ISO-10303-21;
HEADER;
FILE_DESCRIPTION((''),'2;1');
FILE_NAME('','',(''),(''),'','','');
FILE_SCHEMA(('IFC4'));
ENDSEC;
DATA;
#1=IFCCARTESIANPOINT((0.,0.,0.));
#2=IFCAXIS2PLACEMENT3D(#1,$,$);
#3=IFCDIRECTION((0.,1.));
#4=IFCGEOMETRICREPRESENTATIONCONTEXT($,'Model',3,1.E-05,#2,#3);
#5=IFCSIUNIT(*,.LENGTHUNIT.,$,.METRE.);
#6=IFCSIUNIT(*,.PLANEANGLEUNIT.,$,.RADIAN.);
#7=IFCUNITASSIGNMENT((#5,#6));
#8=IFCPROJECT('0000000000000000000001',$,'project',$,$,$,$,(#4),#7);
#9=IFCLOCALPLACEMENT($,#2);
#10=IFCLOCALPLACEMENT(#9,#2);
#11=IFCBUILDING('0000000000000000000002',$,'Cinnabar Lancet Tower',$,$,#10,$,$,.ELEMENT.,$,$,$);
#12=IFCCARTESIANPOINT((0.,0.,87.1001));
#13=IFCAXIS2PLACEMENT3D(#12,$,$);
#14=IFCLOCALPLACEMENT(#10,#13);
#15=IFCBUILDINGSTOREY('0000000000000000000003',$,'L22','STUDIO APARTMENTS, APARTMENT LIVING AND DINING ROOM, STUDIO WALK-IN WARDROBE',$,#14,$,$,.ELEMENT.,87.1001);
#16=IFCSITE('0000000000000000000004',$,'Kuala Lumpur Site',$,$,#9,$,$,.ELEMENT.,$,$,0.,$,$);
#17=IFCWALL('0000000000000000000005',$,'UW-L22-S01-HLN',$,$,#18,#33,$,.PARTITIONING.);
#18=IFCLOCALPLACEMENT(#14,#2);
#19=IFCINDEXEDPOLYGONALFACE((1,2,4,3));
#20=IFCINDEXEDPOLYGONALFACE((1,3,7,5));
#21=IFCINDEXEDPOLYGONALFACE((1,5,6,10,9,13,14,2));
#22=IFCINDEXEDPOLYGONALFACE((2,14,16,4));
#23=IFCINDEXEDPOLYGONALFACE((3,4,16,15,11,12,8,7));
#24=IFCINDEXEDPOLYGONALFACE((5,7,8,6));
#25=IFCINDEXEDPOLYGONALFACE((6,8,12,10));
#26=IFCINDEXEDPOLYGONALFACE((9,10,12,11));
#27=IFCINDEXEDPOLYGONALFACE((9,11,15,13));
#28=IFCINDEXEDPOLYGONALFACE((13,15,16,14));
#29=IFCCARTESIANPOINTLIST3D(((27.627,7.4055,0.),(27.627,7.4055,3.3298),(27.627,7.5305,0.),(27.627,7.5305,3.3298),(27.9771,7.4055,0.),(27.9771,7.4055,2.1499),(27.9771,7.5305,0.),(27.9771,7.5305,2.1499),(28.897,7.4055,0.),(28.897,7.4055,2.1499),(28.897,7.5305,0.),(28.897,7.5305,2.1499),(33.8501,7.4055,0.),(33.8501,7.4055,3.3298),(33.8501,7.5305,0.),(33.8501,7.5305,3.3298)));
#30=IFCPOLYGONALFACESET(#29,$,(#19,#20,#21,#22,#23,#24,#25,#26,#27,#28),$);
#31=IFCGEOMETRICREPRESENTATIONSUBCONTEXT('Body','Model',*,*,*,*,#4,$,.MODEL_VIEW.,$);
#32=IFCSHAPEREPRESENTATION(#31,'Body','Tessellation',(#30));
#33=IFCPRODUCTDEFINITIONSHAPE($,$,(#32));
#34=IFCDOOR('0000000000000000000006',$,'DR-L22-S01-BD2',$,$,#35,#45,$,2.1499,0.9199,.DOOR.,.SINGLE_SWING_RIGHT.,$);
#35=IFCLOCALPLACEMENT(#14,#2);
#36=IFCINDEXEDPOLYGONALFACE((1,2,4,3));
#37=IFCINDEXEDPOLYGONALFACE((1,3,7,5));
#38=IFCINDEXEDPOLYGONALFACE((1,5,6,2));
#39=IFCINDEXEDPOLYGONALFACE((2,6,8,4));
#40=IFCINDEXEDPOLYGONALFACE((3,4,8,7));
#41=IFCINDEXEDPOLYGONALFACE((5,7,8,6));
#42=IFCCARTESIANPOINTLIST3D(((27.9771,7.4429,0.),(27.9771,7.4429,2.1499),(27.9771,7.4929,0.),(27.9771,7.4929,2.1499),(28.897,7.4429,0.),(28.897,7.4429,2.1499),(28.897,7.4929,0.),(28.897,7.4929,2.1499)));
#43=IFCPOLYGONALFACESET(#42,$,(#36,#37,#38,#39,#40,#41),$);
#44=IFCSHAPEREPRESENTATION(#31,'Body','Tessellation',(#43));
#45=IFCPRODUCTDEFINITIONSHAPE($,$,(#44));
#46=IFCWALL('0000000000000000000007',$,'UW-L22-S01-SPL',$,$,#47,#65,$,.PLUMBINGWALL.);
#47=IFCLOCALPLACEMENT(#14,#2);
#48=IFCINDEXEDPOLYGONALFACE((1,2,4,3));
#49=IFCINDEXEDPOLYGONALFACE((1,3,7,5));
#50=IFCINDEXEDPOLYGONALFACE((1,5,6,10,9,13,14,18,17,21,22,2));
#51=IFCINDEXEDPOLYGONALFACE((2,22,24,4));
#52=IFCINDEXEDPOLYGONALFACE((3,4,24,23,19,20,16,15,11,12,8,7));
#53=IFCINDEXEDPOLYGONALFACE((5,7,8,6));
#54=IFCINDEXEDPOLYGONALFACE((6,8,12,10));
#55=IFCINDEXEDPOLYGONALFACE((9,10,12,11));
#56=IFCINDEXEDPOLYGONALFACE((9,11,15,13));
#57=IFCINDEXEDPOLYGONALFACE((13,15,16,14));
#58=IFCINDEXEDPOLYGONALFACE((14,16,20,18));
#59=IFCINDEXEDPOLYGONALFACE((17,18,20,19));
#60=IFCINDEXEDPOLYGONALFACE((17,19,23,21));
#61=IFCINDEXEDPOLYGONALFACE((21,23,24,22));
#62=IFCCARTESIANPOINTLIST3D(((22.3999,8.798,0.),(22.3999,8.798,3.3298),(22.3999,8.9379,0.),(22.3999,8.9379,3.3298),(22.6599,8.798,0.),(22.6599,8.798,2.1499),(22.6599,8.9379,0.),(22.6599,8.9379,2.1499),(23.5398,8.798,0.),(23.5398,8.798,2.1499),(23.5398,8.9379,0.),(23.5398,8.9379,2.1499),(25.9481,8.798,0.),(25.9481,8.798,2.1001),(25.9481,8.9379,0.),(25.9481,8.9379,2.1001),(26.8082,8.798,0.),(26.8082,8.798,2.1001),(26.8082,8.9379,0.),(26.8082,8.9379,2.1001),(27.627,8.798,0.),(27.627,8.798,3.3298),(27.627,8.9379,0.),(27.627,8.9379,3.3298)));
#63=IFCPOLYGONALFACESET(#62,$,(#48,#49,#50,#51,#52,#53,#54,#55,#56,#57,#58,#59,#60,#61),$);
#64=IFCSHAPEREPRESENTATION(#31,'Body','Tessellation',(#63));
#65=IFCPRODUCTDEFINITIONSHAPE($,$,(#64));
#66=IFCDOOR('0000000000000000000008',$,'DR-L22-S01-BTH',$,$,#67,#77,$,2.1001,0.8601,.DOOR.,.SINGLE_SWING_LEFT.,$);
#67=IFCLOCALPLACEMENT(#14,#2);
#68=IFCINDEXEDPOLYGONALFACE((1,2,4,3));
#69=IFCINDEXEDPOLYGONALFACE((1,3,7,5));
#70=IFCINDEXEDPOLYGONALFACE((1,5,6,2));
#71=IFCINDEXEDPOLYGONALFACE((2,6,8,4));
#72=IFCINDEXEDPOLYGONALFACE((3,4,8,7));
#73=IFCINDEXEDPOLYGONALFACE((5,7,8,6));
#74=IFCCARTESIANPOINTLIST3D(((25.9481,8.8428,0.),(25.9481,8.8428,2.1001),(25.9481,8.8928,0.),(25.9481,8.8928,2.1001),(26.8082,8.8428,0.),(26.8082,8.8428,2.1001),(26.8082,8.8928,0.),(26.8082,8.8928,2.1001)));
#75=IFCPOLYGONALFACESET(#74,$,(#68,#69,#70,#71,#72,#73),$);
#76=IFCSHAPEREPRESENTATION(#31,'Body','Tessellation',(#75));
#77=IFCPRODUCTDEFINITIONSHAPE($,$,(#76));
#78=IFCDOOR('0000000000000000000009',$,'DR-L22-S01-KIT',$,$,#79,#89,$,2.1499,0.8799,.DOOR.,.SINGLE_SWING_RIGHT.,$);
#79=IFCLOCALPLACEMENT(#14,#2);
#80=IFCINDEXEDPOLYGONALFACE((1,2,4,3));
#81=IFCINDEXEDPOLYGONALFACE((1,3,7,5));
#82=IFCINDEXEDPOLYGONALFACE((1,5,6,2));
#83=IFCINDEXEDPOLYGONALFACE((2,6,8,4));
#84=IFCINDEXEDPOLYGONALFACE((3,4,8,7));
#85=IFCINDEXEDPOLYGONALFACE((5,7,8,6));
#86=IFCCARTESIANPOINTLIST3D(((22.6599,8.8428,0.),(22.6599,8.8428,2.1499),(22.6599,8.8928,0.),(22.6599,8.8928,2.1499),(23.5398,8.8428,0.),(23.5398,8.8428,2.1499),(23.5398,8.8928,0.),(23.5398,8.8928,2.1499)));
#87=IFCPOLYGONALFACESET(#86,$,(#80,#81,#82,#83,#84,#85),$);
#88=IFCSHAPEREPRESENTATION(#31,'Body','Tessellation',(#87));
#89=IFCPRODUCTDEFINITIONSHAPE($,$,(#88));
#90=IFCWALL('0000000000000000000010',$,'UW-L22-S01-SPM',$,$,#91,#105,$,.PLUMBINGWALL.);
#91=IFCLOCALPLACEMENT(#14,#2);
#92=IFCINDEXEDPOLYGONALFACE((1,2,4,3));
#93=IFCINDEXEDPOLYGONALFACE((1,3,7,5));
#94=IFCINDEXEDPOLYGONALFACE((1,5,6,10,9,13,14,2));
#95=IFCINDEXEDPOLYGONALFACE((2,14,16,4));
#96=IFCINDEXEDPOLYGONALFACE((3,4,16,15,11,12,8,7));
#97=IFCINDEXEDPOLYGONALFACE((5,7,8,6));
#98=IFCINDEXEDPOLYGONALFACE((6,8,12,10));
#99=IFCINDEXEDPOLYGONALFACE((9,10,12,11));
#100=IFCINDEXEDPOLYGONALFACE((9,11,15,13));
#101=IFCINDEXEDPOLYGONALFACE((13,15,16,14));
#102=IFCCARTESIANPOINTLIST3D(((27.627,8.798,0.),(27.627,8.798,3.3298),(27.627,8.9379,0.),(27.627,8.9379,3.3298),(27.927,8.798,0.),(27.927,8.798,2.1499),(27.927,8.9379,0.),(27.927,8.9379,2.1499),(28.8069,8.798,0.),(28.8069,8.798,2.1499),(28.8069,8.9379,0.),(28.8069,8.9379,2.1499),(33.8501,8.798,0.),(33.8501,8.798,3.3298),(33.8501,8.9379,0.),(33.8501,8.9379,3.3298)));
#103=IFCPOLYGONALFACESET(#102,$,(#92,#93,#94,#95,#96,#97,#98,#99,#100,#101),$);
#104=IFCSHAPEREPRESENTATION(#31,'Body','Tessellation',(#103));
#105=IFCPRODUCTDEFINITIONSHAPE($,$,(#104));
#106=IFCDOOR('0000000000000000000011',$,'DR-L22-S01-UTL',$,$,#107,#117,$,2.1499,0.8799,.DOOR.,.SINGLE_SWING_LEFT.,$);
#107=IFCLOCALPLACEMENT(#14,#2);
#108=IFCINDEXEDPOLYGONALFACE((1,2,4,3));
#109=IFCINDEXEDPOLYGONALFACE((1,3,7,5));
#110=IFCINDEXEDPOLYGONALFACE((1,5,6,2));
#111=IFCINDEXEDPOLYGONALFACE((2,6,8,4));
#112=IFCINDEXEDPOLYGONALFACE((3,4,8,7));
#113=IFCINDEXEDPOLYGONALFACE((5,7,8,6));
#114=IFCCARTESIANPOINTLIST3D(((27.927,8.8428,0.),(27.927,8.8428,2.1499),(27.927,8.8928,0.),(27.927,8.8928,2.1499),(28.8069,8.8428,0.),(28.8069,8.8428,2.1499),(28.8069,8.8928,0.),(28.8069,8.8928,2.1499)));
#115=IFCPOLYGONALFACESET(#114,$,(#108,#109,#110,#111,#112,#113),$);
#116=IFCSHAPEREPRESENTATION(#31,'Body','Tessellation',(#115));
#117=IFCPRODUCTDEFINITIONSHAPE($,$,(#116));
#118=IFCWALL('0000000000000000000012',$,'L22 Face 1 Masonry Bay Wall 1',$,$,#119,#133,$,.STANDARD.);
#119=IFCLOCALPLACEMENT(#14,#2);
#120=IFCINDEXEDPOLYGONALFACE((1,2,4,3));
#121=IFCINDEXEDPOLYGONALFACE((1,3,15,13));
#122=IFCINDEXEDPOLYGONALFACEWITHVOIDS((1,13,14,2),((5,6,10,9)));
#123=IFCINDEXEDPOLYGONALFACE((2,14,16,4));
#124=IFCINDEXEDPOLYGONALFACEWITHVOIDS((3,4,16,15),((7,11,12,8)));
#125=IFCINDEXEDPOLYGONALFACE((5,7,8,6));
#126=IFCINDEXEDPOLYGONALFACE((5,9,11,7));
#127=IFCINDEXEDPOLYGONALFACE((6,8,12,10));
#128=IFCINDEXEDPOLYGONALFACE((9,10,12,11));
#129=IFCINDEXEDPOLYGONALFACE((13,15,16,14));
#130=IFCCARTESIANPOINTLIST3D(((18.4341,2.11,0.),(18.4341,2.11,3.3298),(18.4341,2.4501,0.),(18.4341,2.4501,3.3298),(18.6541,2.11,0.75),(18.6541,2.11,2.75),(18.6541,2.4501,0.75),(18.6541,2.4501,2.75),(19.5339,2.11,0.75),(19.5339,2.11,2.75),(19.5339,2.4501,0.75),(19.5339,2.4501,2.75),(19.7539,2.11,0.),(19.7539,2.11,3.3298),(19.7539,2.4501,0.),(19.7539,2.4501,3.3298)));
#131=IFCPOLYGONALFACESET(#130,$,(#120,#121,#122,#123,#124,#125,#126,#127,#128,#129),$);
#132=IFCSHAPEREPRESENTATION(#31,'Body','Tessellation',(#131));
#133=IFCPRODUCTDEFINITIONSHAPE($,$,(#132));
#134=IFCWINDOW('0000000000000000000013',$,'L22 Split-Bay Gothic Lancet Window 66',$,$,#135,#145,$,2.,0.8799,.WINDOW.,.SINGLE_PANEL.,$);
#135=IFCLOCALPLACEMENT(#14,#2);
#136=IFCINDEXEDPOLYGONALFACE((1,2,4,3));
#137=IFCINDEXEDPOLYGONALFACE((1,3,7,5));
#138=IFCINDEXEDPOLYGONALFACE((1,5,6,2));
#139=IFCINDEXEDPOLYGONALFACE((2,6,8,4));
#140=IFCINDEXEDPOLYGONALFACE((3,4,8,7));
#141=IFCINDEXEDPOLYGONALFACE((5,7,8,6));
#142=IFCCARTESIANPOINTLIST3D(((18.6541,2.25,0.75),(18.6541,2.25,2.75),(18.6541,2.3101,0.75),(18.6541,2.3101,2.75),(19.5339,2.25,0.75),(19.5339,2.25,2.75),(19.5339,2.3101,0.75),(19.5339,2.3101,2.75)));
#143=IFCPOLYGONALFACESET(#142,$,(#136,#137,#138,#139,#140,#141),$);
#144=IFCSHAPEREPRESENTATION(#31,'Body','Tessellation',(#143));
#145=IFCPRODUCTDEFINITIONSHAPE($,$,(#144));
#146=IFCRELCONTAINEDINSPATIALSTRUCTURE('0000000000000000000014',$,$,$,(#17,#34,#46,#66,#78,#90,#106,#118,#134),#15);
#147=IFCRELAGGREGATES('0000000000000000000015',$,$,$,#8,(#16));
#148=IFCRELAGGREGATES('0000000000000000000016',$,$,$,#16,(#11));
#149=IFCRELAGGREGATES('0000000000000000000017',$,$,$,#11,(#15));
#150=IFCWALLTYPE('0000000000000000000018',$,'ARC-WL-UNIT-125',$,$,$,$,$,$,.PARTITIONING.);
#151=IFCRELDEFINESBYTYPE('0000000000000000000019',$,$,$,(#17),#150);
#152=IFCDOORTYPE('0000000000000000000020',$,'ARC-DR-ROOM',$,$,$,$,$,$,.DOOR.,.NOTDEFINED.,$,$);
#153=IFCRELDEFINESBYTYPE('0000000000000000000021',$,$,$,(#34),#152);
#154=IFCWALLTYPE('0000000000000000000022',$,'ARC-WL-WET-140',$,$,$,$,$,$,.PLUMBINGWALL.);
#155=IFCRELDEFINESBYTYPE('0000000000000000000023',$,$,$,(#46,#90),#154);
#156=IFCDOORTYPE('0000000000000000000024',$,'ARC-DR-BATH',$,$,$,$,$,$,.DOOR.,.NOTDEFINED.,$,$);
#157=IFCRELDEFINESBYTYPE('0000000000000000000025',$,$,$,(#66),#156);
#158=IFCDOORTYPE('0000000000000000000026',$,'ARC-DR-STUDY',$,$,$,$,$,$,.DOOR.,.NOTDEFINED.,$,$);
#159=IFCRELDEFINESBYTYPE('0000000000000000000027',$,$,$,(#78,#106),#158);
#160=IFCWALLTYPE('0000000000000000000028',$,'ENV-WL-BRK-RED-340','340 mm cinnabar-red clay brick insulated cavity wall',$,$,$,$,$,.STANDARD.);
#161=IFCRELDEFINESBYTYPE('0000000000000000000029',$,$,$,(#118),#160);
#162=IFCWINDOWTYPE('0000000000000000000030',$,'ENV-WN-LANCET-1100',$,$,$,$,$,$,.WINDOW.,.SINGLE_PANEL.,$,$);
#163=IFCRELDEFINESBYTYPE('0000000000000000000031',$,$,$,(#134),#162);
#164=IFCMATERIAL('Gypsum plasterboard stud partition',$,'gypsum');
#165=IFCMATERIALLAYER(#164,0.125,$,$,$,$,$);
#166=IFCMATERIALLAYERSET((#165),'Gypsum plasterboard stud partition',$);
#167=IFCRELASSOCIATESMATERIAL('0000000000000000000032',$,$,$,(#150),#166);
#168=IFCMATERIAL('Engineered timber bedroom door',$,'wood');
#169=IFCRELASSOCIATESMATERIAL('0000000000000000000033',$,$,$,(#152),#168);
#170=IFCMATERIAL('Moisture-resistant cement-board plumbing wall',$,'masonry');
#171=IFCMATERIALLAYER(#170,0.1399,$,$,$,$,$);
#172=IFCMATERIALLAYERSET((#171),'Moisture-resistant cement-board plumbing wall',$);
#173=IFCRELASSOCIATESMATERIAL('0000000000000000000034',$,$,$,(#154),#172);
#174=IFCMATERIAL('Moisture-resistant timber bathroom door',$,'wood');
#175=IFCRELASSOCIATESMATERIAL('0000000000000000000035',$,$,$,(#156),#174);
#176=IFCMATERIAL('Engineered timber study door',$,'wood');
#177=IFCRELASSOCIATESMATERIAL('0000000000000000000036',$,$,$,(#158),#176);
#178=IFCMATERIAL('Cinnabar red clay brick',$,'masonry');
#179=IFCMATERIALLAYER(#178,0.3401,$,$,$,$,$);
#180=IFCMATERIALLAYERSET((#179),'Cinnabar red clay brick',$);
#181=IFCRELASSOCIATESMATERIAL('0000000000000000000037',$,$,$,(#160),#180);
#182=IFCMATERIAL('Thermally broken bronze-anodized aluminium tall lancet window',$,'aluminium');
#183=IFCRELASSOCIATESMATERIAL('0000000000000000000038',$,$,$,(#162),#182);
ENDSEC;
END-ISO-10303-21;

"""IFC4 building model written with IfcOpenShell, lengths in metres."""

from ifc_helpers import new_model, si_unit, direction, frame, frame_2d, origin, place, context, subcontext, project, spatial, rectangle, extrude, material, layer, layer_set, type_object, element, fill, save


model = new_model("IFC4")

# Units and contexts
model_context = context("Model", 3, precision=1e-05, world=origin(), true_north=direction((0.0, 1.0)))
body_context = subcontext(model_context, "Body", "Model", "MODEL_VIEW")
ifc_project = project(units=[si_unit("LENGTHUNIT", "METRE"), si_unit("PLANEANGLEUNIT", "RADIAN")], contexts=[model_context])

# Site, building, storey
site_placement = place(None, origin())
site = spatial("IfcSite", under=ifc_project, at=site_placement, Name="Kuala Lumpur Site", CompositionType="ELEMENT", RefElevation=0.0)
building_placement = place(site_placement, origin())
building = spatial("IfcBuilding", under=site, at=building_placement, Name="Cinnabar Lancet Tower", CompositionType="ELEMENT")
storey_placement = place(building_placement, frame((0.0, 0.0, 87.1001)))
storey = spatial("IfcBuildingStorey", under=building, at=storey_placement, Name="L22", Description="STUDIO APARTMENTS, APARTMENT LIVING AND DINING ROOM, STUDIO WALK-IN WARDROBE", CompositionType="ELEMENT", Elevation=87.1001)

# Shared definitions
ifc_material_1 = material(Name="Gypsum plasterboard stud partition", Category="gypsum")
ifc_layer_1 = layer(ifc_material_1, 0.125)
ifc_layer_set_1 = layer_set([ifc_layer_1], Name="Gypsum plasterboard stud partition")
wall_type_1 = type_object("IfcWallType", Name="ARC-WL-UNIT-125", PredefinedType="PARTITIONING", material=ifc_layer_set_1)

# Wall, opening, door
wall_1_placement = place(storey_placement, frame((27.627, 7.468, 0.0), z_axis=(0.0, 0.0, 1.0), x_axis=(1.0, 0.0, 0.0)))
wall_1 = element("IfcWall", 1, at=wall_1_placement, inside=storey, type_object=wall_type_1, Name="UW-L22-S01-HLN", PredefinedType="PARTITIONING", context=body_context, shape_type="SweptSolid", body=[
    extrude(rectangle(XDim=6.2231, YDim=0.125, at=frame_2d((3.1116, 0.0))), origin(), (0.0, 0.0, 1.0), 3.3298),
])
opening_1_placement = place(wall_1_placement, frame((0.3501, 0.0, 0.0)))
opening_1 = element("IfcOpeningElement", 2, at=opening_1_placement, cuts=wall_1, PredefinedType="OPENING", context=body_context, shape_type="SweptSolid", body=[
    extrude(rectangle(XDim=0.9199, YDim=2.1499, at=frame_2d((0.46, 1.075))), frame((0.0, 0.0725, 0.0), z_axis=(0.0, -1.0, 0.0), x_axis=(1.0, 0.0, 0.0)), (0.0, 0.0, 1.0), 0.145),
])
ifc_material_2 = material(Name="Engineered timber bedroom door", Category="wood")
door_type_1 = type_object("IfcDoorType", Name="ARC-DR-ROOM", OperationType="NOTDEFINED", PredefinedType="DOOR", material=ifc_material_2)
door_1_placement = place(opening_1_placement, origin())
door_1 = element("IfcDoor", 3, at=door_1_placement, inside=storey, type_object=door_type_1, Name="DR-L22-S01-BD2", OperationType="SINGLE_SWING_RIGHT", OverallHeight=2.1499, OverallWidth=0.9199, PredefinedType="DOOR", context=body_context, shape_type="SweptSolid", body=[
    extrude(rectangle(XDim=0.9199, YDim=2.1499, at=frame_2d((0.46, 1.075))), frame((0.0, 0.0249, 0.0), z_axis=(0.0, -1.0, 0.0), x_axis=(1.0, 0.0, 0.0)), (0.0, 0.0, 1.0), 0.05),
])
fill(opening_1, door_1)

# Wall, openings, doors
ifc_material_3 = material(Name="Moisture-resistant cement-board plumbing wall", Category="masonry")
ifc_layer_2 = layer(ifc_material_3, 0.1399)
ifc_layer_set_2 = layer_set([ifc_layer_2], Name="Moisture-resistant cement-board plumbing wall")
wall_type_2 = type_object("IfcWallType", Name="ARC-WL-WET-140", PredefinedType="PLUMBINGWALL", material=ifc_layer_set_2)
wall_2_placement = place(storey_placement, frame((22.3999, 8.8679, 0.0), z_axis=(0.0, 0.0, 1.0), x_axis=(1.0, 0.0, 0.0)))
wall_2 = element("IfcWall", 4, at=wall_2_placement, inside=storey, type_object=wall_type_2, Name="UW-L22-S01-SPL", PredefinedType="PLUMBINGWALL", context=body_context, shape_type="SweptSolid", body=[
    extrude(rectangle(XDim=5.2271, YDim=0.1399, at=frame_2d((2.6135, 0.0))), origin(), (0.0, 0.0, 1.0), 3.3298),
])
opening_2_placement = place(wall_2_placement, frame((3.5481, 0.0, 0.0)))
opening_2 = element("IfcOpeningElement", 5, at=opening_2_placement, cuts=wall_2, PredefinedType="OPENING", context=body_context, shape_type="SweptSolid", body=[
    extrude(rectangle(XDim=0.8601, YDim=2.1001, at=frame_2d((0.4302, 1.05))), frame((0.0, 0.0798, 0.0), z_axis=(0.0, -1.0, 0.0), x_axis=(1.0, 0.0, 0.0)), (0.0, 0.0, 1.0), 0.1599),
])
opening_3_placement = place(wall_2_placement, frame((0.26, 0.0, 0.0)))
opening_3 = element("IfcOpeningElement", 6, at=opening_3_placement, cuts=wall_2, PredefinedType="OPENING", context=body_context, shape_type="SweptSolid", body=[
    extrude(rectangle(XDim=0.8799, YDim=2.1499, at=frame_2d((0.4399, 1.075))), frame((0.0, 0.0798, 0.0), z_axis=(0.0, -1.0, 0.0), x_axis=(1.0, 0.0, 0.0)), (0.0, 0.0, 1.0), 0.1599),
])
ifc_material_4 = material(Name="Moisture-resistant timber bathroom door", Category="wood")
door_type_2 = type_object("IfcDoorType", Name="ARC-DR-BATH", OperationType="NOTDEFINED", PredefinedType="DOOR", material=ifc_material_4)
door_2_placement = place(opening_2_placement, origin())
door_2 = element("IfcDoor", 7, at=door_2_placement, inside=storey, type_object=door_type_2, Name="DR-L22-S01-BTH", OperationType="SINGLE_SWING_LEFT", OverallHeight=2.1001, OverallWidth=0.8601, PredefinedType="DOOR", context=body_context, shape_type="SweptSolid", body=[
    extrude(rectangle(XDim=0.8601, YDim=2.1001, at=frame_2d((0.4302, 1.05))), frame((0.0, 0.0249, 0.0), z_axis=(0.0, -1.0, 0.0), x_axis=(1.0, 0.0, 0.0)), (0.0, 0.0, 1.0), 0.05),
])
fill(opening_2, door_2)
ifc_material_5 = material(Name="Engineered timber study door", Category="wood")
door_type_3 = type_object("IfcDoorType", Name="ARC-DR-STUDY", OperationType="NOTDEFINED", PredefinedType="DOOR", material=ifc_material_5)
door_3_placement = place(opening_3_placement, origin())
door_3 = element("IfcDoor", 8, at=door_3_placement, inside=storey, type_object=door_type_3, Name="DR-L22-S01-KIT", OperationType="SINGLE_SWING_RIGHT", OverallHeight=2.1499, OverallWidth=0.8799, PredefinedType="DOOR", context=body_context, shape_type="SweptSolid", body=[
    extrude(rectangle(XDim=0.8799, YDim=2.1499, at=frame_2d((0.4399, 1.075))), frame((0.0, 0.0249, 0.0), z_axis=(0.0, -1.0, 0.0), x_axis=(1.0, 0.0, 0.0)), (0.0, 0.0, 1.0), 0.05),
])
fill(opening_3, door_3)

# Wall, opening, door
wall_3_placement = place(storey_placement, frame((27.627, 8.8679, 0.0), z_axis=(0.0, 0.0, 1.0), x_axis=(1.0, 0.0, 0.0)))
wall_3 = element("IfcWall", 9, at=wall_3_placement, inside=storey, type_object=wall_type_2, Name="UW-L22-S01-SPM", PredefinedType="PLUMBINGWALL", context=body_context, shape_type="SweptSolid", body=[
    extrude(rectangle(XDim=6.2231, YDim=0.1399, at=frame_2d((3.1116, 0.0))), origin(), (0.0, 0.0, 1.0), 3.3298),
])
opening_4_placement = place(wall_3_placement, frame((0.3, 0.0, 0.0)))
opening_4 = element("IfcOpeningElement", 10, at=opening_4_placement, cuts=wall_3, PredefinedType="OPENING", context=body_context, shape_type="SweptSolid", body=[
    extrude(rectangle(XDim=0.8799, YDim=2.1499, at=frame_2d((0.4399, 1.075))), frame((0.0, 0.0798, 0.0), z_axis=(0.0, -1.0, 0.0), x_axis=(1.0, 0.0, 0.0)), (0.0, 0.0, 1.0), 0.1599),
])
door_4_placement = place(opening_4_placement, origin())
door_4 = element("IfcDoor", 11, at=door_4_placement, inside=storey, type_object=door_type_3, Name="DR-L22-S01-UTL", OperationType="SINGLE_SWING_LEFT", OverallHeight=2.1499, OverallWidth=0.8799, PredefinedType="DOOR", context=body_context, shape_type="SweptSolid", body=[
    extrude(rectangle(XDim=0.8799, YDim=2.1499, at=frame_2d((0.4399, 1.075))), frame((0.0, 0.0249, 0.0), z_axis=(0.0, -1.0, 0.0), x_axis=(1.0, 0.0, 0.0)), (0.0, 0.0, 1.0), 0.05),
])
fill(opening_4, door_4)

# Wall, opening, window
ifc_material_6 = material(Name="Cinnabar red clay brick", Category="masonry")
ifc_layer_3 = layer(ifc_material_6, 0.3401)
ifc_layer_set_3 = layer_set([ifc_layer_3], Name="Cinnabar red clay brick")
wall_type_3 = type_object("IfcWallType", Name="ENV-WL-BRK-RED-340", Description="340 mm cinnabar-red clay brick insulated cavity wall", PredefinedType="STANDARD", material=ifc_layer_set_3)
wall_4_placement = place(storey_placement, frame((18.4341, 2.28, 0.0), z_axis=(0.0, 0.0, 1.0), x_axis=(1.0, 0.0, 0.0)))
wall_4 = element("IfcWall", 12, at=wall_4_placement, inside=storey, type_object=wall_type_3, Name="L22 Face 1 Masonry Bay Wall 1", PredefinedType="STANDARD", context=body_context, shape_type="SweptSolid", body=[
    extrude(rectangle(XDim=1.3198, YDim=0.3401, at=frame_2d((0.6599, 0.0))), origin(), (0.0, 0.0, 1.0), 3.3298),
])
opening_5_placement = place(wall_4_placement, frame((0.22, 0.0, 0.75)))
opening_5 = element("IfcOpeningElement", 13, at=opening_5_placement, cuts=wall_4, PredefinedType="OPENING", context=body_context, shape_type="SweptSolid", body=[
    extrude(rectangle(XDim=0.8799, YDim=2.0, at=frame_2d((0.4399, 1.0))), frame((0.0, 0.1799, 0.0), z_axis=(0.0, -1.0, 0.0), x_axis=(1.0, 0.0, 0.0)), (0.0, 0.0, 1.0), 0.3601),
])
ifc_material_7 = material(Name="Thermally broken bronze-anodized aluminium tall lancet window", Category="aluminium")
window_type = type_object("IfcWindowType", Name="ENV-WN-LANCET-1100", PartitioningType="SINGLE_PANEL", PredefinedType="WINDOW", material=ifc_material_7)
window_1_placement = place(opening_5_placement, origin())
window_1 = element("IfcWindow", 14, at=window_1_placement, inside=storey, type_object=window_type, Name="L22 Split-Bay Gothic Lancet Window 66", OverallHeight=2.0, OverallWidth=0.8799, PartitioningType="SINGLE_PANEL", PredefinedType="WINDOW", context=body_context, shape_type="SweptSolid", body=[
    extrude(rectangle(XDim=0.8799, YDim=2.0, at=frame_2d((0.4399, 1.0))), frame((0.0, 0.03, 0.0), z_axis=(0.0, -1.0, 0.0), x_axis=(1.0, 0.0, 0.0)), (0.0, 0.0, 1.0), 0.0601),
])
fill(opening_5, window_1)

save(model, "model.ifc")
